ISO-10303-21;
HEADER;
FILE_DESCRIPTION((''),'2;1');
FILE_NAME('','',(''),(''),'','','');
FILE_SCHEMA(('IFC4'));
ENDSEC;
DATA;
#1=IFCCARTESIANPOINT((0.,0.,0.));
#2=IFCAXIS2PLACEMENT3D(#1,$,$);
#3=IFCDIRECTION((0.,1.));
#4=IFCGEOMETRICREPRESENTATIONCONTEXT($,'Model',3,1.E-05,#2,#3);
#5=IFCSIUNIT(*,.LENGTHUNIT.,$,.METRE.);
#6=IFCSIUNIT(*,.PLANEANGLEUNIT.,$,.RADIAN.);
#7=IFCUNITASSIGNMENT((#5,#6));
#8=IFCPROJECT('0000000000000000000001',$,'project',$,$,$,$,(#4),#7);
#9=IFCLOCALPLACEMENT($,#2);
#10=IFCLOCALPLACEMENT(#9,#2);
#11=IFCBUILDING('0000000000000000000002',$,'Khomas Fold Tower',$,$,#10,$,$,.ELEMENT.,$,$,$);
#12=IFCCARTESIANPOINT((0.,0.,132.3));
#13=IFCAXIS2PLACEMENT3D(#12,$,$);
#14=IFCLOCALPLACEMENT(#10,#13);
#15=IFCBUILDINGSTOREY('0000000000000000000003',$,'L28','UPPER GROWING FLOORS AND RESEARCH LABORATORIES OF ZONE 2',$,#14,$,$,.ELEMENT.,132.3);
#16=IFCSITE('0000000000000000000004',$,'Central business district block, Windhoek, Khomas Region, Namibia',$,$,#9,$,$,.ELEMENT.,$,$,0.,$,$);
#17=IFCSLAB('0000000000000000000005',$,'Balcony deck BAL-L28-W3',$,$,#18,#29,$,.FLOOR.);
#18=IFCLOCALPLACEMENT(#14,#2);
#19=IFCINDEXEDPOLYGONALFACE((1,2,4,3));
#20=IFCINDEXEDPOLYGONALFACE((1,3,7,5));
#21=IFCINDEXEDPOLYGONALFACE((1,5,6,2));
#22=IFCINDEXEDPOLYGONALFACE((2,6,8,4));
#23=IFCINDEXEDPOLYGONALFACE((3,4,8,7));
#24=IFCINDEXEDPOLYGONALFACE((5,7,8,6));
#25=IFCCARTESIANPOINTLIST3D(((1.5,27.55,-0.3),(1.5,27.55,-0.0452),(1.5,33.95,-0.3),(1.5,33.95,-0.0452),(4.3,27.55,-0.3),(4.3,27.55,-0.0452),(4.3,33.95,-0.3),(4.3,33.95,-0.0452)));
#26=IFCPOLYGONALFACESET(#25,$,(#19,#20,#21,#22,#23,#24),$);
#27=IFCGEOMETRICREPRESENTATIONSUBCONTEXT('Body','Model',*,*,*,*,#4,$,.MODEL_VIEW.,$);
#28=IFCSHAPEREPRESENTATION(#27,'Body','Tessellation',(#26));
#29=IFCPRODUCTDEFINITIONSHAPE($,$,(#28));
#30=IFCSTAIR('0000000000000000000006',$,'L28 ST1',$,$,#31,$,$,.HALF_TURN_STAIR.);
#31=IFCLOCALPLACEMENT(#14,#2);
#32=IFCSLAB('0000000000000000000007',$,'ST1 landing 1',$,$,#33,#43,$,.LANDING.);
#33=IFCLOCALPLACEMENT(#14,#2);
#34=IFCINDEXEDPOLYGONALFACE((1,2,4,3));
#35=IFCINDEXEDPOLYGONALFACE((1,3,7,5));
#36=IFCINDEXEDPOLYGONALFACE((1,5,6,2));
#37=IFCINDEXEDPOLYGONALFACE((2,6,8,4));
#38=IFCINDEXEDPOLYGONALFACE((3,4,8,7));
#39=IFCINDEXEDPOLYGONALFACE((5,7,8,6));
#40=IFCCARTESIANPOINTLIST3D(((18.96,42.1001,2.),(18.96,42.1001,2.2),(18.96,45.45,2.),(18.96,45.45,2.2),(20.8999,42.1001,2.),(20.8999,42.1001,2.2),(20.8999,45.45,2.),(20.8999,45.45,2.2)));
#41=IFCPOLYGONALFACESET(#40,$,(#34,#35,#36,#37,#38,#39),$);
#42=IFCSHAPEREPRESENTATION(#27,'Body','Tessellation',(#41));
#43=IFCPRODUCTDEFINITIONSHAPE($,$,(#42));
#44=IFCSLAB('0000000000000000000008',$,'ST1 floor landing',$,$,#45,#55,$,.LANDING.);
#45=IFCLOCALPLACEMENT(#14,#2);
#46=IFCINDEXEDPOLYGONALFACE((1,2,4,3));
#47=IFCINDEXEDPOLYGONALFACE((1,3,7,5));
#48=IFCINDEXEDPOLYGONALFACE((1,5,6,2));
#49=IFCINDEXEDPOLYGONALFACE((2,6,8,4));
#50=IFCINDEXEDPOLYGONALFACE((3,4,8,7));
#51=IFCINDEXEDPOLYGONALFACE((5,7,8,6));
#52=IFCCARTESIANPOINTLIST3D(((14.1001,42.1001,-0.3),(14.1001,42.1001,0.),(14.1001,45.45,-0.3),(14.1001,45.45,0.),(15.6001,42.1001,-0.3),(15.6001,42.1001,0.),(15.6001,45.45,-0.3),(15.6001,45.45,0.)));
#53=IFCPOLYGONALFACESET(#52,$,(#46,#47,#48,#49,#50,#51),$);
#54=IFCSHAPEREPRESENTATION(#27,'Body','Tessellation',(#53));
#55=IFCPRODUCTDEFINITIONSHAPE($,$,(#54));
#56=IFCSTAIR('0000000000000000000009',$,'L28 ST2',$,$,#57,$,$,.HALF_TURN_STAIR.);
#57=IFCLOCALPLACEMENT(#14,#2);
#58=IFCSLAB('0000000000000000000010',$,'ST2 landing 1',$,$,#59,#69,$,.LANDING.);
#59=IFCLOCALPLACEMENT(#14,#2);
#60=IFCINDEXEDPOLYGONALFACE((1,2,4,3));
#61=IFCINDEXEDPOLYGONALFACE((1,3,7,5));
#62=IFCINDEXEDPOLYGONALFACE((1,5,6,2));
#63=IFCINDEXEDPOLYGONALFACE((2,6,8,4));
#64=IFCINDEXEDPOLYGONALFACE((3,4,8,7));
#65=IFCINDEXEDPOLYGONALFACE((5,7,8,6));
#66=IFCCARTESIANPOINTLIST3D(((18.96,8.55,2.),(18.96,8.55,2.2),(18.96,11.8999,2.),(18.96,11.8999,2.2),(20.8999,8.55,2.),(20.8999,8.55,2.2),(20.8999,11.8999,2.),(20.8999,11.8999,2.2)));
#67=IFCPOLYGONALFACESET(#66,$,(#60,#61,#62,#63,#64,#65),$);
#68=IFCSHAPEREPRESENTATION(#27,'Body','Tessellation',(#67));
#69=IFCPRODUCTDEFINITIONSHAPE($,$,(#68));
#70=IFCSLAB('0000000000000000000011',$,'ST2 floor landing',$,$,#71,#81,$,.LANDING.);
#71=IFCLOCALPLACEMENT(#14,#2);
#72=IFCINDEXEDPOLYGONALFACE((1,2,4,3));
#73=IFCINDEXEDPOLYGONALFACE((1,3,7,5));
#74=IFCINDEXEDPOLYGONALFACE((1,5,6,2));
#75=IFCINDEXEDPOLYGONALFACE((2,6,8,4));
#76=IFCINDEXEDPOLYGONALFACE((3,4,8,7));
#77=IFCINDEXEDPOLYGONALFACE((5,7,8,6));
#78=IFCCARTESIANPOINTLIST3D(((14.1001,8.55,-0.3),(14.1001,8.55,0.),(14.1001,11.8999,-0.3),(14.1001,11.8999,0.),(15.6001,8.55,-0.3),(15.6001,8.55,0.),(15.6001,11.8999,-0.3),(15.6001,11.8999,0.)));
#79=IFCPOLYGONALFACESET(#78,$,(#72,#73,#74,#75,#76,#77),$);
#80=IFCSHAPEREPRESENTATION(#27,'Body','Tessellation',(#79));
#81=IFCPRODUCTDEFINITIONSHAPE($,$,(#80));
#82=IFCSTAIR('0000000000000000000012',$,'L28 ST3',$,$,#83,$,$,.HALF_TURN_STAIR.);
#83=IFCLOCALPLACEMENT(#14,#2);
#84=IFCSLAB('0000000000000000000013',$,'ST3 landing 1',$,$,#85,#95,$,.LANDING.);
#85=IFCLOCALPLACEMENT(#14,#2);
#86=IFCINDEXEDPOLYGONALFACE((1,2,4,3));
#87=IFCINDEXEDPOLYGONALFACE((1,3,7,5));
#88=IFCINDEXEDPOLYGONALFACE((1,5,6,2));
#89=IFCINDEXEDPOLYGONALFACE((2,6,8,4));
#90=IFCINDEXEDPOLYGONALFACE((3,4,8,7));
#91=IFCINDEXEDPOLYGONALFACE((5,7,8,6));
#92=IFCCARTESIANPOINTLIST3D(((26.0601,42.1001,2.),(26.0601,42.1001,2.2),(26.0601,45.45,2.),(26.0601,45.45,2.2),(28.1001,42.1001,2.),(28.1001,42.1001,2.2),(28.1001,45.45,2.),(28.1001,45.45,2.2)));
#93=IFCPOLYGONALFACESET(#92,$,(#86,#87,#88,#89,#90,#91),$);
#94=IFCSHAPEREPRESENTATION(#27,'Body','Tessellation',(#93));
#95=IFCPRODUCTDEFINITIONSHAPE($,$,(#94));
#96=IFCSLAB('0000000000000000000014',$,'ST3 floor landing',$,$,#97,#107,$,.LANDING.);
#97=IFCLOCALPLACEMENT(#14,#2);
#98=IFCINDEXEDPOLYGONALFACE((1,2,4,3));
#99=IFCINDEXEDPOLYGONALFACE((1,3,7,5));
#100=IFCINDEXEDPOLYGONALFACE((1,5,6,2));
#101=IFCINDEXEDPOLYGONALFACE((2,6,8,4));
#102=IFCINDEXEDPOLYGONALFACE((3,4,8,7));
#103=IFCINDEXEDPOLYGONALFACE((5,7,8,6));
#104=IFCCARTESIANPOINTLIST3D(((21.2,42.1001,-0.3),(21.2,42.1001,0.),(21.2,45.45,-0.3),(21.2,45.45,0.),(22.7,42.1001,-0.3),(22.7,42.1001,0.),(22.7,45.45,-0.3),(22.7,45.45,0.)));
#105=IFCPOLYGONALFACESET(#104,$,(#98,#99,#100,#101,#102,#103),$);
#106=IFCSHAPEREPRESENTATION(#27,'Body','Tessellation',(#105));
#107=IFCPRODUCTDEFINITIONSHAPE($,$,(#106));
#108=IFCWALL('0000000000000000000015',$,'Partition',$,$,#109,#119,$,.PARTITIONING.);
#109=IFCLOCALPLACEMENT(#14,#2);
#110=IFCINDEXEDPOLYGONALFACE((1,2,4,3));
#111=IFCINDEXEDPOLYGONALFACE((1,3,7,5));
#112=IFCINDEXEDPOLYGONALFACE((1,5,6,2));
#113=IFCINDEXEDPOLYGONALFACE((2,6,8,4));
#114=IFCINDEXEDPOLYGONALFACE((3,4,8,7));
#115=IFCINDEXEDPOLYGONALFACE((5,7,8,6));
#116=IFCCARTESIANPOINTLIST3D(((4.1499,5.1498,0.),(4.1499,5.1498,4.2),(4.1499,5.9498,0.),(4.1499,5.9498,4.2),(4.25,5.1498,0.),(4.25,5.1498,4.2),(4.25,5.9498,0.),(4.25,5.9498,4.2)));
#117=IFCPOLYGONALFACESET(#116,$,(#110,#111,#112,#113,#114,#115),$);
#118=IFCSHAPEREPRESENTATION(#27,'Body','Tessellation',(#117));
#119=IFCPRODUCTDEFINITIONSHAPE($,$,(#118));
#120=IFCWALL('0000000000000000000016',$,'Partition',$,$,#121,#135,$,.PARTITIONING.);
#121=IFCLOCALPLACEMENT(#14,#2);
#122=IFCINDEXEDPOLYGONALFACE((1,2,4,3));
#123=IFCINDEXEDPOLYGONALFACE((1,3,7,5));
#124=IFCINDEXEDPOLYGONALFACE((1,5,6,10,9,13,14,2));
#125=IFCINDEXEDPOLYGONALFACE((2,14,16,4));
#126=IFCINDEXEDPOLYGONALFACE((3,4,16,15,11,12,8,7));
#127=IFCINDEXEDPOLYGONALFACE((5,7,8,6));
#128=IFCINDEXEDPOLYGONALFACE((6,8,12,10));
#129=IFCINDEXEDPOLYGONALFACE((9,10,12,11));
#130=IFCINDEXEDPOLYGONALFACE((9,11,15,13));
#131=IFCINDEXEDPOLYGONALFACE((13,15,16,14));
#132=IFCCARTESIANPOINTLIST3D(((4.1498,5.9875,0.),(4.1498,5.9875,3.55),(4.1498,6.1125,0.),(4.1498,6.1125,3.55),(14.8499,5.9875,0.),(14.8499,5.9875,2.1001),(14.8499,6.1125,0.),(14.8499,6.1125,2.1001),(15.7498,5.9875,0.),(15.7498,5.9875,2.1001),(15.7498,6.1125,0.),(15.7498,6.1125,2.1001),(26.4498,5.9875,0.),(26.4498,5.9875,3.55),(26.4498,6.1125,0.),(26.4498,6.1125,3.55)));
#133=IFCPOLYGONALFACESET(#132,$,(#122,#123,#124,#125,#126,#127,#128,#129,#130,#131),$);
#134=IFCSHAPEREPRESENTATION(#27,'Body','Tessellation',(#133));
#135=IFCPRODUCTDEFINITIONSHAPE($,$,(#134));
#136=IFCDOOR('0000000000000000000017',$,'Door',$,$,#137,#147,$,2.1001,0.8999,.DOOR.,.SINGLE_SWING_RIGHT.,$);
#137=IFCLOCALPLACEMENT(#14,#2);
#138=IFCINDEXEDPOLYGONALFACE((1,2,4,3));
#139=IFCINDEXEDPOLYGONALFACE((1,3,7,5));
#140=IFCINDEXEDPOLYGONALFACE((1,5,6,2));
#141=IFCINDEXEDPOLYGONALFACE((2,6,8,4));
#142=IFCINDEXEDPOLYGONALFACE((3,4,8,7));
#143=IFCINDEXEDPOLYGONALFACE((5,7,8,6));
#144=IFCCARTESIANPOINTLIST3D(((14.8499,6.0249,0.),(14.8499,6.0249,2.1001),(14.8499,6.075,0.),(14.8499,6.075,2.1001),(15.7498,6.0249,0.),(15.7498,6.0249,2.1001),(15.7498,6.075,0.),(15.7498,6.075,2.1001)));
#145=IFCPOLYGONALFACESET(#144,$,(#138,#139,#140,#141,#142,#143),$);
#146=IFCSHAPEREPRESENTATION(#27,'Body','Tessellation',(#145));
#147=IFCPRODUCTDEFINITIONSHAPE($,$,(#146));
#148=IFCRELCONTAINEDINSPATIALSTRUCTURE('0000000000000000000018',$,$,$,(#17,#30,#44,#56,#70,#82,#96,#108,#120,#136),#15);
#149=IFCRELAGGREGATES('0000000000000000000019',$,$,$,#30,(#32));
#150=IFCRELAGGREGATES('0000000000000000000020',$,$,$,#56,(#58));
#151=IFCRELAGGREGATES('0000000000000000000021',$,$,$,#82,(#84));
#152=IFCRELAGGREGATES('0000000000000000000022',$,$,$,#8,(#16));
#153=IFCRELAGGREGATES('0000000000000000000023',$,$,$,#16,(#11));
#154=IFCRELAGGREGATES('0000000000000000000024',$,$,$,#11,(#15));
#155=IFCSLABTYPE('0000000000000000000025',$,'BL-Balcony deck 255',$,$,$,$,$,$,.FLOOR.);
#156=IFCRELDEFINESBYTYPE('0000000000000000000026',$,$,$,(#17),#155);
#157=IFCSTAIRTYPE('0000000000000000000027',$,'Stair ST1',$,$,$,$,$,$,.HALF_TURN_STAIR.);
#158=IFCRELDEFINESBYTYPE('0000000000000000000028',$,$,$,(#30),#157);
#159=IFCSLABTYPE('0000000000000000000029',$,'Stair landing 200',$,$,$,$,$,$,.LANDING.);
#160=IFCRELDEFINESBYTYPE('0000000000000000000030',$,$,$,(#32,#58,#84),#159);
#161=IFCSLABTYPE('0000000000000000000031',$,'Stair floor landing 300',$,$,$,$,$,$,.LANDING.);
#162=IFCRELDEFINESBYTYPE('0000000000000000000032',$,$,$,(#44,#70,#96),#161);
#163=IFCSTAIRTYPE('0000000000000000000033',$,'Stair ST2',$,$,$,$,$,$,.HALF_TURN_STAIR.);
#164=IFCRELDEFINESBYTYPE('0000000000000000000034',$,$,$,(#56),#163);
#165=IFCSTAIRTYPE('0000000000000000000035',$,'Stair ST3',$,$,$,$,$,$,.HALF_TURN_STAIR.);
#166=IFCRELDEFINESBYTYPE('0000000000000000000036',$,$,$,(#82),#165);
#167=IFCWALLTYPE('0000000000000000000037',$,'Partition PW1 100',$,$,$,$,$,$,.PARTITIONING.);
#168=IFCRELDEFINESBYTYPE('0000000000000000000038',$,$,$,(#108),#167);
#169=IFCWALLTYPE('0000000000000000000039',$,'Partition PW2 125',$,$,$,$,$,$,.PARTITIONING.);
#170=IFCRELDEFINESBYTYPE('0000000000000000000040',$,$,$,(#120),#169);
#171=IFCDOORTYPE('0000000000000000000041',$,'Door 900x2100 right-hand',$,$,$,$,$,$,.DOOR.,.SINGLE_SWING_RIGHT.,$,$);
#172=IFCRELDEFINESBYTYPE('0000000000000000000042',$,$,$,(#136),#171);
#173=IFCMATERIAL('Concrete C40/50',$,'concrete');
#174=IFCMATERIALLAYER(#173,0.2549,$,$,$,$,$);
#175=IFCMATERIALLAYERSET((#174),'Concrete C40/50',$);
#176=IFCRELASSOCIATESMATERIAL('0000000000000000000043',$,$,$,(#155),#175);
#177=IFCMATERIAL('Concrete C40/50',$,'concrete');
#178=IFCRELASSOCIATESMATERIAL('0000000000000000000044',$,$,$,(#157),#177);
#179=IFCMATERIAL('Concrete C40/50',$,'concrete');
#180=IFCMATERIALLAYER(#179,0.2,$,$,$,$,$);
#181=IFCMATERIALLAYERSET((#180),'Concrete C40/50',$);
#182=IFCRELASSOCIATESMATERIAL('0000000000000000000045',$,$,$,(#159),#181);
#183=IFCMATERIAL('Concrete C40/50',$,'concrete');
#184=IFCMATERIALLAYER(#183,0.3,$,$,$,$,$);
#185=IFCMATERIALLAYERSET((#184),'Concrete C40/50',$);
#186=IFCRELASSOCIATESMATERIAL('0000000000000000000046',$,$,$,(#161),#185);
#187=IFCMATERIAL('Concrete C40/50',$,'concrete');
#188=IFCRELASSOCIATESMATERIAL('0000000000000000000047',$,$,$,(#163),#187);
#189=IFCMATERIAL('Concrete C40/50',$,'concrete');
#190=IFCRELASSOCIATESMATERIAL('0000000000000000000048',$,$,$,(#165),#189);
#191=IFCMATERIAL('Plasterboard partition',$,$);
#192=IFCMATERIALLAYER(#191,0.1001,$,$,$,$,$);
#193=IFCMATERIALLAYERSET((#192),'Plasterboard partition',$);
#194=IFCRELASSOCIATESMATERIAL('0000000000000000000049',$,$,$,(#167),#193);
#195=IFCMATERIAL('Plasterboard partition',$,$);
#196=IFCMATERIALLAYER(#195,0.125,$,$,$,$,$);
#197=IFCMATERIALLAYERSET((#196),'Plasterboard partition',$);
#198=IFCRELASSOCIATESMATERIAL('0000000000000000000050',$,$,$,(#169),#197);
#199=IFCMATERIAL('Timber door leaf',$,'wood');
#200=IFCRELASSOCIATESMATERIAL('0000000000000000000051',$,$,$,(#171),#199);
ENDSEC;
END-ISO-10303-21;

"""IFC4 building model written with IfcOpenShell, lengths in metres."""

from ifc_helpers import new_model, si_unit, direction, frame, frame_2d, origin, place, context, subcontext, project, spatial, polyline, rectangle, outline, extrude, source, transform, mapped, material, layer, layer_set, type_object, element, fill, aggregate, save


model = new_model("IFC4")

# Units and contexts
model_context = context("Model", 3, precision=1e-05, world=origin(), true_north=direction((0.0, 1.0)))
body_context = subcontext(model_context, "Body", "Model", "MODEL_VIEW")
ifc_project = project(units=[si_unit("LENGTHUNIT", "METRE"), si_unit("PLANEANGLEUNIT", "RADIAN")], contexts=[model_context])

# Site, building, storey
site_placement = place(None, origin())
site = spatial("IfcSite", under=ifc_project, at=site_placement, Name="Central business district block, Windhoek, Khomas Region, Namibia", CompositionType="ELEMENT", RefElevation=0.0)
building_placement = place(site_placement, origin())
building = spatial("IfcBuilding", under=site, at=building_placement, Name="Khomas Fold Tower", CompositionType="ELEMENT")
storey_placement = place(building_placement, frame((0.0, 0.0, 132.3)))
storey = spatial("IfcBuildingStorey", under=building, at=storey_placement, Name="L28", Description="UPPER GROWING FLOORS AND RESEARCH LABORATORIES OF ZONE 2", CompositionType="ELEMENT", Elevation=132.3)

# Slab
ifc_material_1 = material(Name="Concrete C40/50", Category="concrete")
ifc_layer_1 = layer(ifc_material_1, 0.2549)
ifc_layer_set_1 = layer_set([ifc_layer_1], Name="Concrete C40/50")
slab_type_1 = type_object("IfcSlabType", Name="BL-Balcony deck 255", PredefinedType="FLOOR", material=ifc_layer_set_1)
shared_shape_1 = source(origin(), body_context, "Body", "SweptSolid", [
    extrude(outline(polyline([(1.5, 27.55), (4.3, 27.55), (4.3, 33.95), (1.5, 33.95), (1.5, 27.55)])), origin(), (0.0, 0.0, 1.0), 0.2549),
])
slab_1_placement = place(storey_placement, frame((0.0, 0.0, -0.3)))
element("IfcSlab", 1, at=slab_1_placement, inside=storey, type_object=slab_type_1, Name="Balcony deck BAL-L28-W3", PredefinedType="FLOOR", context=body_context, shape_type="MappedRepresentation", body=[
    mapped(shared_shape_1, transform((0.0, 0.0, 0.0))),
])

# Stair, slab
ifc_material_2 = material(Name="Concrete C40/50", Category="concrete")
stair_type_1 = type_object("IfcStairType", Name="Stair ST1", PredefinedType="HALF_TURN_STAIR", material=ifc_material_2)
stair_1_placement = place(storey_placement, origin())
stair_1 = element("IfcStair", 2, at=stair_1_placement, inside=storey, type_object=stair_type_1, Name="L28 ST1", PredefinedType="HALF_TURN_STAIR")
ifc_material_3 = material(Name="Concrete C40/50", Category="concrete")
ifc_layer_2 = layer(ifc_material_3, 0.2)
ifc_layer_set_2 = layer_set([ifc_layer_2], Name="Concrete C40/50")
slab_type_2 = type_object("IfcSlabType", Name="Stair landing 200", PredefinedType="LANDING", material=ifc_layer_set_2)
shared_shape_2 = source(origin(), body_context, "Body", "SweptSolid", [
    extrude(outline(polyline([(18.96, 42.1001), (20.8999, 42.1001), (20.8999, 45.45), (18.96, 45.45), (18.96, 42.1001)])), origin(), (0.0, 0.0, 1.0), 0.2),
])
slab_2_placement = place(storey_placement, frame((0.0, 0.0, 2.0)))
slab_2 = element("IfcSlab", 3, at=slab_2_placement, type_object=slab_type_2, Name="ST1 landing 1", PredefinedType="LANDING", context=body_context, shape_type="MappedRepresentation", body=[
    mapped(shared_shape_2, transform((0.0, 0.0, 0.0))),
])
aggregate(stair_1, [slab_2])

# Slab
ifc_material_4 = material(Name="Concrete C40/50", Category="concrete")
ifc_layer_3 = layer(ifc_material_4, 0.3)
ifc_layer_set_3 = layer_set([ifc_layer_3], Name="Concrete C40/50")
slab_type_3 = type_object("IfcSlabType", Name="Stair floor landing 300", PredefinedType="LANDING", material=ifc_layer_set_3)
shared_shape_3 = source(origin(), body_context, "Body", "SweptSolid", [
    extrude(outline(polyline([(15.6001, 42.1001), (14.1001, 42.1001), (14.1001, 45.45), (15.6001, 45.45), (15.6001, 42.1001)])), origin(), (0.0, 0.0, 1.0), 0.3),
])
slab_3_placement = place(storey_placement, frame((0.0, 0.0, -0.3)))
element("IfcSlab", 4, at=slab_3_placement, inside=storey, type_object=slab_type_3, Name="ST1 floor landing", PredefinedType="LANDING", context=body_context, shape_type="MappedRepresentation", body=[
    mapped(shared_shape_3, transform((0.0, 0.0, 0.0))),
])

# Stair, slab
ifc_material_5 = material(Name="Concrete C40/50", Category="concrete")
stair_type_2 = type_object("IfcStairType", Name="Stair ST2", PredefinedType="HALF_TURN_STAIR", material=ifc_material_5)
stair_2_placement = place(storey_placement, origin())
stair_2 = element("IfcStair", 5, at=stair_2_placement, inside=storey, type_object=stair_type_2, Name="L28 ST2", PredefinedType="HALF_TURN_STAIR")
shared_shape_4 = source(origin(), body_context, "Body", "SweptSolid", [
    extrude(outline(polyline([(18.96, 8.55), (20.8999, 8.55), (20.8999, 11.8999), (18.96, 11.8999), (18.96, 8.55)])), origin(), (0.0, 0.0, 1.0), 0.2),
])
slab_4_placement = place(storey_placement, frame((0.0, 0.0, 2.0)))
slab_4 = element("IfcSlab", 6, at=slab_4_placement, type_object=slab_type_2, Name="ST2 landing 1", PredefinedType="LANDING", context=body_context, shape_type="MappedRepresentation", body=[
    mapped(shared_shape_4, transform((0.0, 0.0, 0.0))),
])
aggregate(stair_2, [slab_4])

# Slab
shared_shape_5 = source(origin(), body_context, "Body", "SweptSolid", [
    extrude(outline(polyline([(15.6001, 8.55), (14.1001, 8.55), (14.1001, 11.8999), (15.6001, 11.8999), (15.6001, 8.55)])), origin(), (0.0, 0.0, 1.0), 0.3),
])
slab_5_placement = place(storey_placement, frame((0.0, 0.0, -0.3)))
element("IfcSlab", 7, at=slab_5_placement, inside=storey, type_object=slab_type_3, Name="ST2 floor landing", PredefinedType="LANDING", context=body_context, shape_type="MappedRepresentation", body=[
    mapped(shared_shape_5, transform((0.0, 0.0, 0.0))),
])

# Stair, slab
ifc_material_6 = material(Name="Concrete C40/50", Category="concrete")
stair_type_3 = type_object("IfcStairType", Name="Stair ST3", PredefinedType="HALF_TURN_STAIR", material=ifc_material_6)
stair_3_placement = place(storey_placement, origin())
stair_3 = element("IfcStair", 8, at=stair_3_placement, inside=storey, type_object=stair_type_3, Name="L28 ST3", PredefinedType="HALF_TURN_STAIR")
shared_shape_6 = source(origin(), body_context, "Body", "SweptSolid", [
    extrude(outline(polyline([(26.0601, 42.1001), (28.1001, 42.1001), (28.1001, 45.45), (26.0601, 45.45), (26.0601, 42.1001)])), origin(), (0.0, 0.0, 1.0), 0.2),
])
slab_6_placement = place(storey_placement, frame((0.0, 0.0, 2.0)))
slab_6 = element("IfcSlab", 9, at=slab_6_placement, type_object=slab_type_2, Name="ST3 landing 1", PredefinedType="LANDING", context=body_context, shape_type="MappedRepresentation", body=[
    mapped(shared_shape_6, transform((0.0, 0.0, 0.0))),
])
aggregate(stair_3, [slab_6])

# Slab
shared_shape_7 = source(origin(), body_context, "Body", "SweptSolid", [
    extrude(outline(polyline([(22.7, 42.1001), (21.2, 42.1001), (21.2, 45.45), (22.7, 45.45), (22.7, 42.1001)])), origin(), (0.0, 0.0, 1.0), 0.3),
])
slab_7_placement = place(storey_placement, frame((0.0, 0.0, -0.3)))
element("IfcSlab", 10, at=slab_7_placement, inside=storey, type_object=slab_type_3, Name="ST3 floor landing", PredefinedType="LANDING", context=body_context, shape_type="MappedRepresentation", body=[
    mapped(shared_shape_7, transform((0.0, 0.0, 0.0))),
])

# Wall
ifc_material_7 = material(Name="Plasterboard partition")
ifc_layer_4 = layer(ifc_material_7, 0.1001)
ifc_layer_set_4 = layer_set([ifc_layer_4], Name="Plasterboard partition")
wall_type_1 = type_object("IfcWallType", Name="Partition PW1 100", PredefinedType="PARTITIONING", material=ifc_layer_set_4)
shared_shape_8 = source(origin(), body_context, "Body", "SweptSolid", [
    extrude(rectangle(XDim=0.8, YDim=0.1001, at=frame_2d((0.3999, 0.0))), origin(), (0.0, 0.0, 1.0), 4.2),
])
wall_1_placement = place(storey_placement, frame((4.2, 5.1499, 0.0), z_axis=(0.0, 0.0, 1.0), x_axis=(0.0, 1.0, 0.0)))
element("IfcWall", 11, at=wall_1_placement, inside=storey, type_object=wall_type_1, Name="Partition", PredefinedType="PARTITIONING", context=body_context, shape_type="MappedRepresentation", body=[
    mapped(shared_shape_8, transform((0.0, 0.0, 0.0))),
])

# Wall, opening, door
ifc_material_8 = material(Name="Plasterboard partition")
ifc_layer_5 = layer(ifc_material_8, 0.125)
ifc_layer_set_5 = layer_set([ifc_layer_5], Name="Plasterboard partition")
wall_type_2 = type_object("IfcWallType", Name="Partition PW2 125", PredefinedType="PARTITIONING", material=ifc_layer_set_5)
shared_shape_9 = source(origin(), body_context, "Body", "SweptSolid", [
    extrude(rectangle(XDim=22.3, YDim=0.125, at=frame_2d((11.1499, 0.0))), origin(), (0.0, 0.0, 1.0), 3.55),
])
wall_2_placement = place(storey_placement, frame((4.1499, 6.05, 0.0), z_axis=(0.0, 0.0, 1.0), x_axis=(1.0, 0.0, 0.0)))
wall_2 = element("IfcWall", 12, at=wall_2_placement, inside=storey, type_object=wall_type_2, Name="Partition", PredefinedType="PARTITIONING", context=body_context, shape_type="MappedRepresentation", body=[
    mapped(shared_shape_9, transform((0.0, 0.0, 0.0))),
])
shared_shape_10 = source(origin(), body_context, "Body", "SweptSolid", [
    extrude(rectangle(XDim=0.8999, YDim=2.1001, at=frame_2d((0.45, 1.05))), frame((0.0, 0.0725, 0.0), z_axis=(0.0, -1.0, 0.0), x_axis=(1.0, 0.0, 0.0)), (0.0, 0.0, 1.0), 0.145),
])
opening_1_placement = place(wall_2_placement, frame((10.7, 0.0, 0.0)))
opening_1 = element("IfcOpeningElement", 13, at=opening_1_placement, cuts=wall_2, PredefinedType="OPENING", context=body_context, shape_type="MappedRepresentation", body=[
    mapped(shared_shape_10, transform((0.0, 0.0, 0.0))),
])
ifc_material_9 = material(Name="Timber door leaf", Category="wood")
door_type = type_object("IfcDoorType", Name="Door 900x2100 right-hand", OperationType="SINGLE_SWING_RIGHT", PredefinedType="DOOR", material=ifc_material_9)
shared_shape_11 = source(origin(), body_context, "Body", "SweptSolid", [
    extrude(rectangle(XDim=0.8999, YDim=2.1001, at=frame_2d((0.45, 1.05))), frame((0.0, 0.0249, 0.0), z_axis=(0.0, -1.0, 0.0), x_axis=(1.0, 0.0, 0.0)), (0.0, 0.0, 1.0), 0.05),
])
door_1_placement = place(opening_1_placement, origin())
door_1 = element("IfcDoor", 14, at=door_1_placement, inside=storey, type_object=door_type, Name="Door", OperationType="SINGLE_SWING_RIGHT", OverallHeight=2.1001, OverallWidth=0.8999, PredefinedType="DOOR", context=body_context, shape_type="MappedRepresentation", body=[
    mapped(shared_shape_11, transform((0.0, 0.0, 0.0))),
])
fill(opening_1, door_1)

save(model, "model.ifc")
